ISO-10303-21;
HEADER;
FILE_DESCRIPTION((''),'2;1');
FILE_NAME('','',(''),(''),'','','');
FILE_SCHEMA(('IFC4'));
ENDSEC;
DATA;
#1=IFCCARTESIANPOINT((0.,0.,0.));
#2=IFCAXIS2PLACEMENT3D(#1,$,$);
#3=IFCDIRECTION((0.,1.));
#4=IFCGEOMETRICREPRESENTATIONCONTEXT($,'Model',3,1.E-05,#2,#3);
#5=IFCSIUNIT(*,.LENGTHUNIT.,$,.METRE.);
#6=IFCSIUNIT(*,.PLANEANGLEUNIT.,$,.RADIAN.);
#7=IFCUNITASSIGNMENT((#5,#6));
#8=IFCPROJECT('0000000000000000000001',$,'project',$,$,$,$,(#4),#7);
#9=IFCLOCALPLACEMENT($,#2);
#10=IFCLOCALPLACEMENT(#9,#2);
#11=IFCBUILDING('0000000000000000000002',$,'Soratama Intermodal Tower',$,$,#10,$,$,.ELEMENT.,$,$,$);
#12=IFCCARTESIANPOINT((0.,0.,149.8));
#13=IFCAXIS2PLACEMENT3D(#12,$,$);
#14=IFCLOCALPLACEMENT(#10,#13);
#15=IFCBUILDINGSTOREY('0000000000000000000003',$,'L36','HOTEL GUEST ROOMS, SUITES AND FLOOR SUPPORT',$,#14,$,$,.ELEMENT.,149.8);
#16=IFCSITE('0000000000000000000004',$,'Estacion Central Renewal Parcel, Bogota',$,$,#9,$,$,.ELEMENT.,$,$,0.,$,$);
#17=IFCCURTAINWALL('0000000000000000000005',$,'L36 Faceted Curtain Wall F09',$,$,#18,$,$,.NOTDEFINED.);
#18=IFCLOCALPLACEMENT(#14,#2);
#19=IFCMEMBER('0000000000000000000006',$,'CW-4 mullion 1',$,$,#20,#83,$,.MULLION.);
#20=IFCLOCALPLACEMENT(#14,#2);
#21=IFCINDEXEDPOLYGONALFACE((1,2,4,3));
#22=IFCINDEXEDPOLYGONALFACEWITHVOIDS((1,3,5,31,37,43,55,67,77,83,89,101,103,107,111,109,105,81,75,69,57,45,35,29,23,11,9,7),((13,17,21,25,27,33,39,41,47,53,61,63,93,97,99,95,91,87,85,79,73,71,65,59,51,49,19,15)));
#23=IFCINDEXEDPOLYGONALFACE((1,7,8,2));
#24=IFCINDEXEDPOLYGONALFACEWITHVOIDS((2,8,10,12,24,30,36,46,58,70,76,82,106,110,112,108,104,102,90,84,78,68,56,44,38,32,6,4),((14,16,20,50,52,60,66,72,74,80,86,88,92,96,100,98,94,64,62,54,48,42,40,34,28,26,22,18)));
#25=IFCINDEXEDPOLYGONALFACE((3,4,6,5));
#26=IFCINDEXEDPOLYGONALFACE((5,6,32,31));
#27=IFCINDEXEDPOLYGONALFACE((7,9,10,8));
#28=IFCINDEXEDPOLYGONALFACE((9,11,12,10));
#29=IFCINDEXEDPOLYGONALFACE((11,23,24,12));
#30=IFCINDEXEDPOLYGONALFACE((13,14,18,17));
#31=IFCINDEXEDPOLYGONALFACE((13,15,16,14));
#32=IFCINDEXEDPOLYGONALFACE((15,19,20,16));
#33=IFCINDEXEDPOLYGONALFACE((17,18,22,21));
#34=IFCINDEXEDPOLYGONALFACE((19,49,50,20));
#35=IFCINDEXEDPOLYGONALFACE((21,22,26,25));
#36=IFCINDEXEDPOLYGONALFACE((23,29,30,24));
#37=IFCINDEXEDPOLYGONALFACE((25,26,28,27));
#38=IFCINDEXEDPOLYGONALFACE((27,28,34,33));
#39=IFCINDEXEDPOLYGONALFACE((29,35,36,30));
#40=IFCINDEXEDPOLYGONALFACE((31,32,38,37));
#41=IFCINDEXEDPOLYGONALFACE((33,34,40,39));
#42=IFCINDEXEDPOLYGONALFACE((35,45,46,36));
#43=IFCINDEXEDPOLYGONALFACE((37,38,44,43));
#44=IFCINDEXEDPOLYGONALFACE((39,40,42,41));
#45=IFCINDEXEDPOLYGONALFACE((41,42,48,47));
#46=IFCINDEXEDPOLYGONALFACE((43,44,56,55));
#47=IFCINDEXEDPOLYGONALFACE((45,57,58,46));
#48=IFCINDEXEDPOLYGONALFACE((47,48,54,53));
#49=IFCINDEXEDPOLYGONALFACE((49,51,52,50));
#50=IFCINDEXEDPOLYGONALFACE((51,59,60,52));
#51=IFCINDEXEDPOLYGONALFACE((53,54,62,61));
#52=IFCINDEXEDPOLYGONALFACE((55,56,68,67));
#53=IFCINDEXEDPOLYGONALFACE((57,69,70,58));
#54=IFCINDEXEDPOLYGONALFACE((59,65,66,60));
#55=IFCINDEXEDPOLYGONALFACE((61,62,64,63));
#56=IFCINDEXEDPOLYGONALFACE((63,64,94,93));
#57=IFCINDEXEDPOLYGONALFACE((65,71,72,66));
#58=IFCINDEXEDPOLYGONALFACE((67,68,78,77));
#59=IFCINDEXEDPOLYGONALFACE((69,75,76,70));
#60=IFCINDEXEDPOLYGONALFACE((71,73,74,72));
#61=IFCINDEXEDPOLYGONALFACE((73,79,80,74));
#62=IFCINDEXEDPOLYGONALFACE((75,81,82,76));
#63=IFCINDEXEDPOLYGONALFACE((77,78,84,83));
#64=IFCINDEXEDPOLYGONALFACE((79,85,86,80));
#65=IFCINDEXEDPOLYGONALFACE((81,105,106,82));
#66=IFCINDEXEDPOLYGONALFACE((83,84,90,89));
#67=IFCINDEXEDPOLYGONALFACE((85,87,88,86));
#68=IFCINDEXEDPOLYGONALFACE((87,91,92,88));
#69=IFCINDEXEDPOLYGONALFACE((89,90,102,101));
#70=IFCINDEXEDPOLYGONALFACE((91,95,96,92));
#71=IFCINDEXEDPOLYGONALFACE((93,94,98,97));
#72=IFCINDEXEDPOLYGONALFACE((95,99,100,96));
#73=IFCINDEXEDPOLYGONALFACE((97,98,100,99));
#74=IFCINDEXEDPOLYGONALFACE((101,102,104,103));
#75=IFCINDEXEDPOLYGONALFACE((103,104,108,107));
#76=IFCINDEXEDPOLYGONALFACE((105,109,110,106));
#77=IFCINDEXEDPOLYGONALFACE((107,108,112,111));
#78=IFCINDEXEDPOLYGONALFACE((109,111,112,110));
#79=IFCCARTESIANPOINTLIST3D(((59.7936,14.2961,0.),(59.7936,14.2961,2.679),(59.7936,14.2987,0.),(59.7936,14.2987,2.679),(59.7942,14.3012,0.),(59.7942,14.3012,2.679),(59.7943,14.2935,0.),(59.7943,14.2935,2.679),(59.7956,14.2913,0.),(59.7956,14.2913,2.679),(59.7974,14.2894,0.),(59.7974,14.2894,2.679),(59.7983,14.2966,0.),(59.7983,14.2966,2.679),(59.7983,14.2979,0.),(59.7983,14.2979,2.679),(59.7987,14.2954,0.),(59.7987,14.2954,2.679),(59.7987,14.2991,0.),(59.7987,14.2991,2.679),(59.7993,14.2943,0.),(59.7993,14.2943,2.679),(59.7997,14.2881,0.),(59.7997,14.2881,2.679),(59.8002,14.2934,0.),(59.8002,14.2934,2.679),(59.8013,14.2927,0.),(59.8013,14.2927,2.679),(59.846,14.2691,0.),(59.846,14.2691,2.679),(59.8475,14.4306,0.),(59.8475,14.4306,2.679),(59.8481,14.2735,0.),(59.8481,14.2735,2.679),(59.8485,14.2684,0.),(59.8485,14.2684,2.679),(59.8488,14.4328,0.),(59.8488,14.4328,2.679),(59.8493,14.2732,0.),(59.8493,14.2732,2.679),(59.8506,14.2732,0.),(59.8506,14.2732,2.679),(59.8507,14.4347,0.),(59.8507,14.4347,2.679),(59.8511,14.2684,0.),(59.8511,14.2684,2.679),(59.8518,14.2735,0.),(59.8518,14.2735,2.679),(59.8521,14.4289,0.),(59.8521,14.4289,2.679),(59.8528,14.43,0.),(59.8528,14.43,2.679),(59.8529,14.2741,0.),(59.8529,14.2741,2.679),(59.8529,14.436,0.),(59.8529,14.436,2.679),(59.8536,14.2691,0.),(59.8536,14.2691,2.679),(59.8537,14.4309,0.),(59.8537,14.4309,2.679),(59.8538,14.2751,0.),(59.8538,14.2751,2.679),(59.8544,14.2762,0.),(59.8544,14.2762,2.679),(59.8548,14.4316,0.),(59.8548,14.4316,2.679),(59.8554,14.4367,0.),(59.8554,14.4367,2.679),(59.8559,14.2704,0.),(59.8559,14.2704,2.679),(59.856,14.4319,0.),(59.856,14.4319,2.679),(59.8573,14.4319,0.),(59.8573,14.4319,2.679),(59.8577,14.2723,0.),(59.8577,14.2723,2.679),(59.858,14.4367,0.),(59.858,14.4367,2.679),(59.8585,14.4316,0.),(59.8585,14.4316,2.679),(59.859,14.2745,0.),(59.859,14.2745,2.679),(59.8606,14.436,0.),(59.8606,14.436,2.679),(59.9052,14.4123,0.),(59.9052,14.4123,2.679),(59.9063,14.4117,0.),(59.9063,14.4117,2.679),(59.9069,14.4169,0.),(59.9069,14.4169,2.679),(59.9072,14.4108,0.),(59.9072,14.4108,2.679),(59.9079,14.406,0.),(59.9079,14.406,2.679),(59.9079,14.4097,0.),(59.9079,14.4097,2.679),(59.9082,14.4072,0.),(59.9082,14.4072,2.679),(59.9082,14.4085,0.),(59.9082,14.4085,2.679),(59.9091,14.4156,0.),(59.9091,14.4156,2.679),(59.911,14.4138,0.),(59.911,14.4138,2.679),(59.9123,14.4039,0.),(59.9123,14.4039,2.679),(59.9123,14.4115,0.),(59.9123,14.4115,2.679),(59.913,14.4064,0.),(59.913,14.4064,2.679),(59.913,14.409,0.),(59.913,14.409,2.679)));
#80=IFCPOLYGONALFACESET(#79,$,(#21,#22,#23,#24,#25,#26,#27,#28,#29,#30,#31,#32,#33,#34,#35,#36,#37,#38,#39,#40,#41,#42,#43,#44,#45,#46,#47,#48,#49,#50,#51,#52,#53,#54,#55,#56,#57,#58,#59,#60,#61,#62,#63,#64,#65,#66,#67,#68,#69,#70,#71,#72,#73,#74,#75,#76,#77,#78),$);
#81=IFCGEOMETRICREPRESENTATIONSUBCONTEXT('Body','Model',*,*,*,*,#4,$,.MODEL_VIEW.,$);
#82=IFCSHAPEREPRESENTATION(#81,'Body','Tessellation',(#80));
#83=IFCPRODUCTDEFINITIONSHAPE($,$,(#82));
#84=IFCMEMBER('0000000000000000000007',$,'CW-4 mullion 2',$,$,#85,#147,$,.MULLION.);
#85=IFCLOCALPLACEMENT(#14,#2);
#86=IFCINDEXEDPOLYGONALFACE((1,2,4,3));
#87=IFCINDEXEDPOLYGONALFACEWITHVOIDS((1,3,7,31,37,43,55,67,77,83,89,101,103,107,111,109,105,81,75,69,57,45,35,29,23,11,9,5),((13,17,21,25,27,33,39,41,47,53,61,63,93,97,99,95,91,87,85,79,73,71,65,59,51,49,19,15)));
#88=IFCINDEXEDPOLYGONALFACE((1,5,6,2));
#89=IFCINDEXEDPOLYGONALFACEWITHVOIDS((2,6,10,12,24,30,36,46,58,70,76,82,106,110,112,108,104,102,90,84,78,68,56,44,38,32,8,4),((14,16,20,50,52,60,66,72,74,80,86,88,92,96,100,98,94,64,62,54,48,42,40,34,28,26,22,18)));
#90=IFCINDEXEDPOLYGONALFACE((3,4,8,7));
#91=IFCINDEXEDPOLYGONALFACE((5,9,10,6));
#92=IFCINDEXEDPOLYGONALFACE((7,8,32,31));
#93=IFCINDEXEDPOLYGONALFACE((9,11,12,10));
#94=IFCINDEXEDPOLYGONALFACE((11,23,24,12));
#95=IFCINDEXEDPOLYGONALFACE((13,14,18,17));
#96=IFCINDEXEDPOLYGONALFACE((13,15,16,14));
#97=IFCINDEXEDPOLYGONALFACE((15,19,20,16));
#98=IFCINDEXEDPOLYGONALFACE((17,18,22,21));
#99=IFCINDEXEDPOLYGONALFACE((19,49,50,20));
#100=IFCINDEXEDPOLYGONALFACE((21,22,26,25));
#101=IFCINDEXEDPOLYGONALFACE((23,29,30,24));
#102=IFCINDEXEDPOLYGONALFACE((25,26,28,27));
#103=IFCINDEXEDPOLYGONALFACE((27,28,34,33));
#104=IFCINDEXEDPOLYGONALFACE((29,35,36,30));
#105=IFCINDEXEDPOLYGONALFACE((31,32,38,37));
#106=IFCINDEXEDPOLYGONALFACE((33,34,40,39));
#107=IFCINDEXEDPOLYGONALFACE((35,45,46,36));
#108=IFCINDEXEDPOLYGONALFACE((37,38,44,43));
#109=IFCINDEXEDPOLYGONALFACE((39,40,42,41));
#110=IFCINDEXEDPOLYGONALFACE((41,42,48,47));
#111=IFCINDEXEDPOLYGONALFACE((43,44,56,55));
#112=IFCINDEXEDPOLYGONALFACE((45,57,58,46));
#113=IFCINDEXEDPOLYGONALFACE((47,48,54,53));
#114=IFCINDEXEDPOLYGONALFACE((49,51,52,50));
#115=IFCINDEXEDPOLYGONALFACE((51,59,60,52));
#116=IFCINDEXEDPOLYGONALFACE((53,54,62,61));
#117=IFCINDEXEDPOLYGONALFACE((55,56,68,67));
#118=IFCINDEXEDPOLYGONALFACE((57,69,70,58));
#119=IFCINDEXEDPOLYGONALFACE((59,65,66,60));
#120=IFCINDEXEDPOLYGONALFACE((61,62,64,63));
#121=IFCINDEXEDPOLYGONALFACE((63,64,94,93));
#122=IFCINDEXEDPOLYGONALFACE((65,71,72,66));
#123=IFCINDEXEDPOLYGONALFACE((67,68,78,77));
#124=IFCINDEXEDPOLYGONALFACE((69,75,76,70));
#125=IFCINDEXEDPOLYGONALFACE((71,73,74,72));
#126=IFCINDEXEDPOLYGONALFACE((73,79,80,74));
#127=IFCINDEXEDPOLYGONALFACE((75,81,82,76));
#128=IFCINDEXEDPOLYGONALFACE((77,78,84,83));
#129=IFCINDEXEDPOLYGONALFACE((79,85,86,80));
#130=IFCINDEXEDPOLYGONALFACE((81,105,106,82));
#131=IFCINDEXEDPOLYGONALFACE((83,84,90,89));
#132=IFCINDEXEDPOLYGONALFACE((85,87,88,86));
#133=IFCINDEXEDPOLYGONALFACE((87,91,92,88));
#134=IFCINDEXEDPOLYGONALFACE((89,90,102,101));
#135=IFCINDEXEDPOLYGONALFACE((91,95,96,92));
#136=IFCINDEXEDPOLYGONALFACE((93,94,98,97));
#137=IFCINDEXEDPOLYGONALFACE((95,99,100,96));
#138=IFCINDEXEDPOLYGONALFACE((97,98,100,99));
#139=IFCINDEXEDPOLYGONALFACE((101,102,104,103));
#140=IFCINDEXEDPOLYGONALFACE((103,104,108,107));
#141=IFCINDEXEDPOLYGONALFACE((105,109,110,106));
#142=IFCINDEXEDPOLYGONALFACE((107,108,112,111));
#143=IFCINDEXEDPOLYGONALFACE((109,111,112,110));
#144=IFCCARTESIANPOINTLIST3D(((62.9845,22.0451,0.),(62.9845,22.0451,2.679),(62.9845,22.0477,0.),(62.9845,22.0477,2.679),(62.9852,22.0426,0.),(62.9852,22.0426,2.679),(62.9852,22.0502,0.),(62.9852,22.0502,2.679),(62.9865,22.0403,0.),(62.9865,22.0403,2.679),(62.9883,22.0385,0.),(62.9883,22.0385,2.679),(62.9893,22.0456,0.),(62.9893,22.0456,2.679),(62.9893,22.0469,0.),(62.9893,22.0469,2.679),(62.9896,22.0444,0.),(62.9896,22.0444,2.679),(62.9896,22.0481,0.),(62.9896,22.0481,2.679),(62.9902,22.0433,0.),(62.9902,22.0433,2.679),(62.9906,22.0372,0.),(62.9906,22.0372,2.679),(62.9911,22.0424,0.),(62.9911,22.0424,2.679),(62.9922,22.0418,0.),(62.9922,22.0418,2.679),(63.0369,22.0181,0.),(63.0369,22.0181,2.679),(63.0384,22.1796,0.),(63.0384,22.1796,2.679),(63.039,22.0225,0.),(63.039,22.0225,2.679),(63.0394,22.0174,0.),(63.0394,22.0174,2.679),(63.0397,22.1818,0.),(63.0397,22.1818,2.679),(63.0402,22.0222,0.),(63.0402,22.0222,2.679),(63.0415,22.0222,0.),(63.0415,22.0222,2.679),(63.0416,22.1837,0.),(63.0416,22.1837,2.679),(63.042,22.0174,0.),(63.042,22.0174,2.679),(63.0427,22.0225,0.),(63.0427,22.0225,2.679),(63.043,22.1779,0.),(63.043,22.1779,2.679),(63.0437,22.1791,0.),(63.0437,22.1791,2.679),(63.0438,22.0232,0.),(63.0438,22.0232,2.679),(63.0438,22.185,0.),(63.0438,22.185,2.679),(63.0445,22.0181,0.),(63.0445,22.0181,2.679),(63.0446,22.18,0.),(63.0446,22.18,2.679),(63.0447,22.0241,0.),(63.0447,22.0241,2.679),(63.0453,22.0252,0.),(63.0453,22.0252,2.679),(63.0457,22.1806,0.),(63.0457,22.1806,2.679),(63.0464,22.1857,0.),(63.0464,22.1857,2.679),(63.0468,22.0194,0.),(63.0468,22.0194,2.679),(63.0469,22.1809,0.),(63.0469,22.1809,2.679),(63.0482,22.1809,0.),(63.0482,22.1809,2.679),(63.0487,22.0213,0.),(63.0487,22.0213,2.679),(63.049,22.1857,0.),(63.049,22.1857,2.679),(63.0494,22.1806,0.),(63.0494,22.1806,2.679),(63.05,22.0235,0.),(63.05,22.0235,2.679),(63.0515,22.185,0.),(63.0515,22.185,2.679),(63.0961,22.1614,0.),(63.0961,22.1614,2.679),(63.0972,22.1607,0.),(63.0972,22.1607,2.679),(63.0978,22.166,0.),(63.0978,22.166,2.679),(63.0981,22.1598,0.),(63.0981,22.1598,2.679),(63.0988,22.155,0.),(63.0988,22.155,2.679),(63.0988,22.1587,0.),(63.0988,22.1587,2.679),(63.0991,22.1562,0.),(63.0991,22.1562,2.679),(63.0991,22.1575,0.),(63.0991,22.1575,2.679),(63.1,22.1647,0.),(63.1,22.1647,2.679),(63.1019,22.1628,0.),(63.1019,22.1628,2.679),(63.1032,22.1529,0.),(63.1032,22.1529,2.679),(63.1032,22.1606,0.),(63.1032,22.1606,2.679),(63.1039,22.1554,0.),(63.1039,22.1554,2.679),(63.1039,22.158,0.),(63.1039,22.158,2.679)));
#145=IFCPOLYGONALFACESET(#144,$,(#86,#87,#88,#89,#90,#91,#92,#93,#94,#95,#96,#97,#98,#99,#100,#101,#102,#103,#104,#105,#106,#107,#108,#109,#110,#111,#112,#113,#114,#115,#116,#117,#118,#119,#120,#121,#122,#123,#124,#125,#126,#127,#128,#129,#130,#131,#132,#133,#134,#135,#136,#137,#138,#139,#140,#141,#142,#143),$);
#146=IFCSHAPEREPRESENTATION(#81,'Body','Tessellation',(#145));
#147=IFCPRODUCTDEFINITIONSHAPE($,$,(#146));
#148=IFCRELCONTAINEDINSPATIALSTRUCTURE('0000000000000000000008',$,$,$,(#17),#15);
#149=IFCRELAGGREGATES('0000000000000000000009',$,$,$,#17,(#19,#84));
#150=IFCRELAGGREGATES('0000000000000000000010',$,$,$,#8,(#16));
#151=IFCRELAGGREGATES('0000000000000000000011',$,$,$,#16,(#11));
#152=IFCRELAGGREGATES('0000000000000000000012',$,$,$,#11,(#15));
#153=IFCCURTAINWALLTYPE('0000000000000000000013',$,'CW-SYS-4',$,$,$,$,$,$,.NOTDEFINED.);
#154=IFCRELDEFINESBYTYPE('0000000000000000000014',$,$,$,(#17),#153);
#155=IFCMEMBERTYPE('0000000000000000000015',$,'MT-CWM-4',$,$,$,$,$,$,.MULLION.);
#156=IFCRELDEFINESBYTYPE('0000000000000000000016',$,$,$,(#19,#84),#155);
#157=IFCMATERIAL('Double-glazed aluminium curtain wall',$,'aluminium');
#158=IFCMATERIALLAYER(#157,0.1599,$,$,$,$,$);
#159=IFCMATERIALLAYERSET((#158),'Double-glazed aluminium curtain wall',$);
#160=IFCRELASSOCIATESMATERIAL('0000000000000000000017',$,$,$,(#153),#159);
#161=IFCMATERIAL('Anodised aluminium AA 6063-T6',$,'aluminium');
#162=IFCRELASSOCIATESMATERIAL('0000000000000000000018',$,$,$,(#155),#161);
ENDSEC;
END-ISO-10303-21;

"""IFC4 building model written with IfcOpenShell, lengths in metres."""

from ifc_helpers import new_model, si_unit, direction, frame, origin, origin_2d, place, context, subcontext, project, spatial, hollow_rectangle, extrude, material, layer, layer_set, material_profile, profile_set, type_object, element, aggregate, save


model = new_model("IFC4")

# Units and contexts
model_context = context("Model", 3, precision=1e-05, world=origin(), true_north=direction((0.0, 1.0)))
body_context = subcontext(model_context, "Body", "Model", "MODEL_VIEW")
ifc_project = project(units=[si_unit("LENGTHUNIT", "METRE"), si_unit("PLANEANGLEUNIT", "RADIAN")], contexts=[model_context])

# Site, building, storey
site_placement = place(None, origin())
site = spatial("IfcSite", under=ifc_project, at=site_placement, Name="Estacion Central Renewal Parcel, Bogota", CompositionType="ELEMENT", RefElevation=0.0)
building_placement = place(site_placement, origin())
building = spatial("IfcBuilding", under=site, at=building_placement, Name="Soratama Intermodal Tower", CompositionType="ELEMENT")
storey_placement = place(building_placement, frame((0.0, 0.0, 149.8)))
storey = spatial("IfcBuildingStorey", under=building, at=storey_placement, Name="L36", Description="HOTEL GUEST ROOMS, SUITES AND FLOOR SUPPORT", CompositionType="ELEMENT", Elevation=149.8)

# Curtain wall, members
ifc_material_1 = material(Name="Double-glazed aluminium curtain wall", Category="aluminium")
ifc_layer_1 = layer(ifc_material_1, 0.1599)
ifc_layer_set_1 = layer_set([ifc_layer_1], Name="Double-glazed aluminium curtain wall")
curtain_wall_type = type_object("IfcCurtainWallType", Name="CW-SYS-4", PredefinedType="NOTDEFINED", material=ifc_layer_set_1)
curtain_wall_placement = place(storey_placement, origin())
curtain_wall = element("IfcCurtainWall", 1, at=curtain_wall_placement, inside=storey, type_object=curtain_wall_type, Name="L36 Faceted Curtain Wall F09", PredefinedType="NOTDEFINED")
ifc_material_2 = material(Name="Anodised aluminium AA 6063-T6", Category="aluminium")
ifc_material_profile_1 = material_profile(ifc_material_2, hollow_rectangle(XDim=0.0701, YDim=0.1599, WallThickness=0.0049, InnerFilletRadius=0.0049, OuterFilletRadius=0.01, at=origin_2d()), Name="CWM160X70X5")
ifc_profile_set_1 = profile_set([ifc_material_profile_1], Name="Anodised aluminium AA 6063-T6")
member_type_1 = type_object("IfcMemberType", Name="MT-CWM-4", PredefinedType="MULLION", material=ifc_profile_set_1)
member_1_placement = place(storey_placement, frame((59.8533, 14.3525, 0.0), z_axis=(0.0, 0.0, 1.0), x_axis=(-0.924678, 0.38075, 0.0)))
member_1 = element("IfcMember", 2, at=member_1_placement, type_object=member_type_1, Name="CW-4 mullion 1", PredefinedType="MULLION", context=body_context, shape_type="SweptSolid", body=[
    extrude(hollow_rectangle(XDim=0.0701, YDim=0.1599, WallThickness=0.0049, InnerFilletRadius=0.0049, OuterFilletRadius=0.01, at=origin_2d()), origin(), (0.0, 0.0, 1.0), 2.679),
])
member_2_placement = place(storey_placement, frame((63.0442, 22.1016, 0.0), z_axis=(0.0, 0.0, 1.0), x_axis=(-0.924678, 0.38075, 0.0)))
member_2 = element("IfcMember", 3, at=member_2_placement, type_object=member_type_1, Name="CW-4 mullion 2", PredefinedType="MULLION", context=body_context, shape_type="SweptSolid", body=[
    extrude(hollow_rectangle(XDim=0.0701, YDim=0.1599, WallThickness=0.0049, InnerFilletRadius=0.0049, OuterFilletRadius=0.01, at=origin_2d()), origin(), (0.0, 0.0, 1.0), 2.679),
])
aggregate(curtain_wall, [member_1, member_2])

save(model, "model.ifc")
